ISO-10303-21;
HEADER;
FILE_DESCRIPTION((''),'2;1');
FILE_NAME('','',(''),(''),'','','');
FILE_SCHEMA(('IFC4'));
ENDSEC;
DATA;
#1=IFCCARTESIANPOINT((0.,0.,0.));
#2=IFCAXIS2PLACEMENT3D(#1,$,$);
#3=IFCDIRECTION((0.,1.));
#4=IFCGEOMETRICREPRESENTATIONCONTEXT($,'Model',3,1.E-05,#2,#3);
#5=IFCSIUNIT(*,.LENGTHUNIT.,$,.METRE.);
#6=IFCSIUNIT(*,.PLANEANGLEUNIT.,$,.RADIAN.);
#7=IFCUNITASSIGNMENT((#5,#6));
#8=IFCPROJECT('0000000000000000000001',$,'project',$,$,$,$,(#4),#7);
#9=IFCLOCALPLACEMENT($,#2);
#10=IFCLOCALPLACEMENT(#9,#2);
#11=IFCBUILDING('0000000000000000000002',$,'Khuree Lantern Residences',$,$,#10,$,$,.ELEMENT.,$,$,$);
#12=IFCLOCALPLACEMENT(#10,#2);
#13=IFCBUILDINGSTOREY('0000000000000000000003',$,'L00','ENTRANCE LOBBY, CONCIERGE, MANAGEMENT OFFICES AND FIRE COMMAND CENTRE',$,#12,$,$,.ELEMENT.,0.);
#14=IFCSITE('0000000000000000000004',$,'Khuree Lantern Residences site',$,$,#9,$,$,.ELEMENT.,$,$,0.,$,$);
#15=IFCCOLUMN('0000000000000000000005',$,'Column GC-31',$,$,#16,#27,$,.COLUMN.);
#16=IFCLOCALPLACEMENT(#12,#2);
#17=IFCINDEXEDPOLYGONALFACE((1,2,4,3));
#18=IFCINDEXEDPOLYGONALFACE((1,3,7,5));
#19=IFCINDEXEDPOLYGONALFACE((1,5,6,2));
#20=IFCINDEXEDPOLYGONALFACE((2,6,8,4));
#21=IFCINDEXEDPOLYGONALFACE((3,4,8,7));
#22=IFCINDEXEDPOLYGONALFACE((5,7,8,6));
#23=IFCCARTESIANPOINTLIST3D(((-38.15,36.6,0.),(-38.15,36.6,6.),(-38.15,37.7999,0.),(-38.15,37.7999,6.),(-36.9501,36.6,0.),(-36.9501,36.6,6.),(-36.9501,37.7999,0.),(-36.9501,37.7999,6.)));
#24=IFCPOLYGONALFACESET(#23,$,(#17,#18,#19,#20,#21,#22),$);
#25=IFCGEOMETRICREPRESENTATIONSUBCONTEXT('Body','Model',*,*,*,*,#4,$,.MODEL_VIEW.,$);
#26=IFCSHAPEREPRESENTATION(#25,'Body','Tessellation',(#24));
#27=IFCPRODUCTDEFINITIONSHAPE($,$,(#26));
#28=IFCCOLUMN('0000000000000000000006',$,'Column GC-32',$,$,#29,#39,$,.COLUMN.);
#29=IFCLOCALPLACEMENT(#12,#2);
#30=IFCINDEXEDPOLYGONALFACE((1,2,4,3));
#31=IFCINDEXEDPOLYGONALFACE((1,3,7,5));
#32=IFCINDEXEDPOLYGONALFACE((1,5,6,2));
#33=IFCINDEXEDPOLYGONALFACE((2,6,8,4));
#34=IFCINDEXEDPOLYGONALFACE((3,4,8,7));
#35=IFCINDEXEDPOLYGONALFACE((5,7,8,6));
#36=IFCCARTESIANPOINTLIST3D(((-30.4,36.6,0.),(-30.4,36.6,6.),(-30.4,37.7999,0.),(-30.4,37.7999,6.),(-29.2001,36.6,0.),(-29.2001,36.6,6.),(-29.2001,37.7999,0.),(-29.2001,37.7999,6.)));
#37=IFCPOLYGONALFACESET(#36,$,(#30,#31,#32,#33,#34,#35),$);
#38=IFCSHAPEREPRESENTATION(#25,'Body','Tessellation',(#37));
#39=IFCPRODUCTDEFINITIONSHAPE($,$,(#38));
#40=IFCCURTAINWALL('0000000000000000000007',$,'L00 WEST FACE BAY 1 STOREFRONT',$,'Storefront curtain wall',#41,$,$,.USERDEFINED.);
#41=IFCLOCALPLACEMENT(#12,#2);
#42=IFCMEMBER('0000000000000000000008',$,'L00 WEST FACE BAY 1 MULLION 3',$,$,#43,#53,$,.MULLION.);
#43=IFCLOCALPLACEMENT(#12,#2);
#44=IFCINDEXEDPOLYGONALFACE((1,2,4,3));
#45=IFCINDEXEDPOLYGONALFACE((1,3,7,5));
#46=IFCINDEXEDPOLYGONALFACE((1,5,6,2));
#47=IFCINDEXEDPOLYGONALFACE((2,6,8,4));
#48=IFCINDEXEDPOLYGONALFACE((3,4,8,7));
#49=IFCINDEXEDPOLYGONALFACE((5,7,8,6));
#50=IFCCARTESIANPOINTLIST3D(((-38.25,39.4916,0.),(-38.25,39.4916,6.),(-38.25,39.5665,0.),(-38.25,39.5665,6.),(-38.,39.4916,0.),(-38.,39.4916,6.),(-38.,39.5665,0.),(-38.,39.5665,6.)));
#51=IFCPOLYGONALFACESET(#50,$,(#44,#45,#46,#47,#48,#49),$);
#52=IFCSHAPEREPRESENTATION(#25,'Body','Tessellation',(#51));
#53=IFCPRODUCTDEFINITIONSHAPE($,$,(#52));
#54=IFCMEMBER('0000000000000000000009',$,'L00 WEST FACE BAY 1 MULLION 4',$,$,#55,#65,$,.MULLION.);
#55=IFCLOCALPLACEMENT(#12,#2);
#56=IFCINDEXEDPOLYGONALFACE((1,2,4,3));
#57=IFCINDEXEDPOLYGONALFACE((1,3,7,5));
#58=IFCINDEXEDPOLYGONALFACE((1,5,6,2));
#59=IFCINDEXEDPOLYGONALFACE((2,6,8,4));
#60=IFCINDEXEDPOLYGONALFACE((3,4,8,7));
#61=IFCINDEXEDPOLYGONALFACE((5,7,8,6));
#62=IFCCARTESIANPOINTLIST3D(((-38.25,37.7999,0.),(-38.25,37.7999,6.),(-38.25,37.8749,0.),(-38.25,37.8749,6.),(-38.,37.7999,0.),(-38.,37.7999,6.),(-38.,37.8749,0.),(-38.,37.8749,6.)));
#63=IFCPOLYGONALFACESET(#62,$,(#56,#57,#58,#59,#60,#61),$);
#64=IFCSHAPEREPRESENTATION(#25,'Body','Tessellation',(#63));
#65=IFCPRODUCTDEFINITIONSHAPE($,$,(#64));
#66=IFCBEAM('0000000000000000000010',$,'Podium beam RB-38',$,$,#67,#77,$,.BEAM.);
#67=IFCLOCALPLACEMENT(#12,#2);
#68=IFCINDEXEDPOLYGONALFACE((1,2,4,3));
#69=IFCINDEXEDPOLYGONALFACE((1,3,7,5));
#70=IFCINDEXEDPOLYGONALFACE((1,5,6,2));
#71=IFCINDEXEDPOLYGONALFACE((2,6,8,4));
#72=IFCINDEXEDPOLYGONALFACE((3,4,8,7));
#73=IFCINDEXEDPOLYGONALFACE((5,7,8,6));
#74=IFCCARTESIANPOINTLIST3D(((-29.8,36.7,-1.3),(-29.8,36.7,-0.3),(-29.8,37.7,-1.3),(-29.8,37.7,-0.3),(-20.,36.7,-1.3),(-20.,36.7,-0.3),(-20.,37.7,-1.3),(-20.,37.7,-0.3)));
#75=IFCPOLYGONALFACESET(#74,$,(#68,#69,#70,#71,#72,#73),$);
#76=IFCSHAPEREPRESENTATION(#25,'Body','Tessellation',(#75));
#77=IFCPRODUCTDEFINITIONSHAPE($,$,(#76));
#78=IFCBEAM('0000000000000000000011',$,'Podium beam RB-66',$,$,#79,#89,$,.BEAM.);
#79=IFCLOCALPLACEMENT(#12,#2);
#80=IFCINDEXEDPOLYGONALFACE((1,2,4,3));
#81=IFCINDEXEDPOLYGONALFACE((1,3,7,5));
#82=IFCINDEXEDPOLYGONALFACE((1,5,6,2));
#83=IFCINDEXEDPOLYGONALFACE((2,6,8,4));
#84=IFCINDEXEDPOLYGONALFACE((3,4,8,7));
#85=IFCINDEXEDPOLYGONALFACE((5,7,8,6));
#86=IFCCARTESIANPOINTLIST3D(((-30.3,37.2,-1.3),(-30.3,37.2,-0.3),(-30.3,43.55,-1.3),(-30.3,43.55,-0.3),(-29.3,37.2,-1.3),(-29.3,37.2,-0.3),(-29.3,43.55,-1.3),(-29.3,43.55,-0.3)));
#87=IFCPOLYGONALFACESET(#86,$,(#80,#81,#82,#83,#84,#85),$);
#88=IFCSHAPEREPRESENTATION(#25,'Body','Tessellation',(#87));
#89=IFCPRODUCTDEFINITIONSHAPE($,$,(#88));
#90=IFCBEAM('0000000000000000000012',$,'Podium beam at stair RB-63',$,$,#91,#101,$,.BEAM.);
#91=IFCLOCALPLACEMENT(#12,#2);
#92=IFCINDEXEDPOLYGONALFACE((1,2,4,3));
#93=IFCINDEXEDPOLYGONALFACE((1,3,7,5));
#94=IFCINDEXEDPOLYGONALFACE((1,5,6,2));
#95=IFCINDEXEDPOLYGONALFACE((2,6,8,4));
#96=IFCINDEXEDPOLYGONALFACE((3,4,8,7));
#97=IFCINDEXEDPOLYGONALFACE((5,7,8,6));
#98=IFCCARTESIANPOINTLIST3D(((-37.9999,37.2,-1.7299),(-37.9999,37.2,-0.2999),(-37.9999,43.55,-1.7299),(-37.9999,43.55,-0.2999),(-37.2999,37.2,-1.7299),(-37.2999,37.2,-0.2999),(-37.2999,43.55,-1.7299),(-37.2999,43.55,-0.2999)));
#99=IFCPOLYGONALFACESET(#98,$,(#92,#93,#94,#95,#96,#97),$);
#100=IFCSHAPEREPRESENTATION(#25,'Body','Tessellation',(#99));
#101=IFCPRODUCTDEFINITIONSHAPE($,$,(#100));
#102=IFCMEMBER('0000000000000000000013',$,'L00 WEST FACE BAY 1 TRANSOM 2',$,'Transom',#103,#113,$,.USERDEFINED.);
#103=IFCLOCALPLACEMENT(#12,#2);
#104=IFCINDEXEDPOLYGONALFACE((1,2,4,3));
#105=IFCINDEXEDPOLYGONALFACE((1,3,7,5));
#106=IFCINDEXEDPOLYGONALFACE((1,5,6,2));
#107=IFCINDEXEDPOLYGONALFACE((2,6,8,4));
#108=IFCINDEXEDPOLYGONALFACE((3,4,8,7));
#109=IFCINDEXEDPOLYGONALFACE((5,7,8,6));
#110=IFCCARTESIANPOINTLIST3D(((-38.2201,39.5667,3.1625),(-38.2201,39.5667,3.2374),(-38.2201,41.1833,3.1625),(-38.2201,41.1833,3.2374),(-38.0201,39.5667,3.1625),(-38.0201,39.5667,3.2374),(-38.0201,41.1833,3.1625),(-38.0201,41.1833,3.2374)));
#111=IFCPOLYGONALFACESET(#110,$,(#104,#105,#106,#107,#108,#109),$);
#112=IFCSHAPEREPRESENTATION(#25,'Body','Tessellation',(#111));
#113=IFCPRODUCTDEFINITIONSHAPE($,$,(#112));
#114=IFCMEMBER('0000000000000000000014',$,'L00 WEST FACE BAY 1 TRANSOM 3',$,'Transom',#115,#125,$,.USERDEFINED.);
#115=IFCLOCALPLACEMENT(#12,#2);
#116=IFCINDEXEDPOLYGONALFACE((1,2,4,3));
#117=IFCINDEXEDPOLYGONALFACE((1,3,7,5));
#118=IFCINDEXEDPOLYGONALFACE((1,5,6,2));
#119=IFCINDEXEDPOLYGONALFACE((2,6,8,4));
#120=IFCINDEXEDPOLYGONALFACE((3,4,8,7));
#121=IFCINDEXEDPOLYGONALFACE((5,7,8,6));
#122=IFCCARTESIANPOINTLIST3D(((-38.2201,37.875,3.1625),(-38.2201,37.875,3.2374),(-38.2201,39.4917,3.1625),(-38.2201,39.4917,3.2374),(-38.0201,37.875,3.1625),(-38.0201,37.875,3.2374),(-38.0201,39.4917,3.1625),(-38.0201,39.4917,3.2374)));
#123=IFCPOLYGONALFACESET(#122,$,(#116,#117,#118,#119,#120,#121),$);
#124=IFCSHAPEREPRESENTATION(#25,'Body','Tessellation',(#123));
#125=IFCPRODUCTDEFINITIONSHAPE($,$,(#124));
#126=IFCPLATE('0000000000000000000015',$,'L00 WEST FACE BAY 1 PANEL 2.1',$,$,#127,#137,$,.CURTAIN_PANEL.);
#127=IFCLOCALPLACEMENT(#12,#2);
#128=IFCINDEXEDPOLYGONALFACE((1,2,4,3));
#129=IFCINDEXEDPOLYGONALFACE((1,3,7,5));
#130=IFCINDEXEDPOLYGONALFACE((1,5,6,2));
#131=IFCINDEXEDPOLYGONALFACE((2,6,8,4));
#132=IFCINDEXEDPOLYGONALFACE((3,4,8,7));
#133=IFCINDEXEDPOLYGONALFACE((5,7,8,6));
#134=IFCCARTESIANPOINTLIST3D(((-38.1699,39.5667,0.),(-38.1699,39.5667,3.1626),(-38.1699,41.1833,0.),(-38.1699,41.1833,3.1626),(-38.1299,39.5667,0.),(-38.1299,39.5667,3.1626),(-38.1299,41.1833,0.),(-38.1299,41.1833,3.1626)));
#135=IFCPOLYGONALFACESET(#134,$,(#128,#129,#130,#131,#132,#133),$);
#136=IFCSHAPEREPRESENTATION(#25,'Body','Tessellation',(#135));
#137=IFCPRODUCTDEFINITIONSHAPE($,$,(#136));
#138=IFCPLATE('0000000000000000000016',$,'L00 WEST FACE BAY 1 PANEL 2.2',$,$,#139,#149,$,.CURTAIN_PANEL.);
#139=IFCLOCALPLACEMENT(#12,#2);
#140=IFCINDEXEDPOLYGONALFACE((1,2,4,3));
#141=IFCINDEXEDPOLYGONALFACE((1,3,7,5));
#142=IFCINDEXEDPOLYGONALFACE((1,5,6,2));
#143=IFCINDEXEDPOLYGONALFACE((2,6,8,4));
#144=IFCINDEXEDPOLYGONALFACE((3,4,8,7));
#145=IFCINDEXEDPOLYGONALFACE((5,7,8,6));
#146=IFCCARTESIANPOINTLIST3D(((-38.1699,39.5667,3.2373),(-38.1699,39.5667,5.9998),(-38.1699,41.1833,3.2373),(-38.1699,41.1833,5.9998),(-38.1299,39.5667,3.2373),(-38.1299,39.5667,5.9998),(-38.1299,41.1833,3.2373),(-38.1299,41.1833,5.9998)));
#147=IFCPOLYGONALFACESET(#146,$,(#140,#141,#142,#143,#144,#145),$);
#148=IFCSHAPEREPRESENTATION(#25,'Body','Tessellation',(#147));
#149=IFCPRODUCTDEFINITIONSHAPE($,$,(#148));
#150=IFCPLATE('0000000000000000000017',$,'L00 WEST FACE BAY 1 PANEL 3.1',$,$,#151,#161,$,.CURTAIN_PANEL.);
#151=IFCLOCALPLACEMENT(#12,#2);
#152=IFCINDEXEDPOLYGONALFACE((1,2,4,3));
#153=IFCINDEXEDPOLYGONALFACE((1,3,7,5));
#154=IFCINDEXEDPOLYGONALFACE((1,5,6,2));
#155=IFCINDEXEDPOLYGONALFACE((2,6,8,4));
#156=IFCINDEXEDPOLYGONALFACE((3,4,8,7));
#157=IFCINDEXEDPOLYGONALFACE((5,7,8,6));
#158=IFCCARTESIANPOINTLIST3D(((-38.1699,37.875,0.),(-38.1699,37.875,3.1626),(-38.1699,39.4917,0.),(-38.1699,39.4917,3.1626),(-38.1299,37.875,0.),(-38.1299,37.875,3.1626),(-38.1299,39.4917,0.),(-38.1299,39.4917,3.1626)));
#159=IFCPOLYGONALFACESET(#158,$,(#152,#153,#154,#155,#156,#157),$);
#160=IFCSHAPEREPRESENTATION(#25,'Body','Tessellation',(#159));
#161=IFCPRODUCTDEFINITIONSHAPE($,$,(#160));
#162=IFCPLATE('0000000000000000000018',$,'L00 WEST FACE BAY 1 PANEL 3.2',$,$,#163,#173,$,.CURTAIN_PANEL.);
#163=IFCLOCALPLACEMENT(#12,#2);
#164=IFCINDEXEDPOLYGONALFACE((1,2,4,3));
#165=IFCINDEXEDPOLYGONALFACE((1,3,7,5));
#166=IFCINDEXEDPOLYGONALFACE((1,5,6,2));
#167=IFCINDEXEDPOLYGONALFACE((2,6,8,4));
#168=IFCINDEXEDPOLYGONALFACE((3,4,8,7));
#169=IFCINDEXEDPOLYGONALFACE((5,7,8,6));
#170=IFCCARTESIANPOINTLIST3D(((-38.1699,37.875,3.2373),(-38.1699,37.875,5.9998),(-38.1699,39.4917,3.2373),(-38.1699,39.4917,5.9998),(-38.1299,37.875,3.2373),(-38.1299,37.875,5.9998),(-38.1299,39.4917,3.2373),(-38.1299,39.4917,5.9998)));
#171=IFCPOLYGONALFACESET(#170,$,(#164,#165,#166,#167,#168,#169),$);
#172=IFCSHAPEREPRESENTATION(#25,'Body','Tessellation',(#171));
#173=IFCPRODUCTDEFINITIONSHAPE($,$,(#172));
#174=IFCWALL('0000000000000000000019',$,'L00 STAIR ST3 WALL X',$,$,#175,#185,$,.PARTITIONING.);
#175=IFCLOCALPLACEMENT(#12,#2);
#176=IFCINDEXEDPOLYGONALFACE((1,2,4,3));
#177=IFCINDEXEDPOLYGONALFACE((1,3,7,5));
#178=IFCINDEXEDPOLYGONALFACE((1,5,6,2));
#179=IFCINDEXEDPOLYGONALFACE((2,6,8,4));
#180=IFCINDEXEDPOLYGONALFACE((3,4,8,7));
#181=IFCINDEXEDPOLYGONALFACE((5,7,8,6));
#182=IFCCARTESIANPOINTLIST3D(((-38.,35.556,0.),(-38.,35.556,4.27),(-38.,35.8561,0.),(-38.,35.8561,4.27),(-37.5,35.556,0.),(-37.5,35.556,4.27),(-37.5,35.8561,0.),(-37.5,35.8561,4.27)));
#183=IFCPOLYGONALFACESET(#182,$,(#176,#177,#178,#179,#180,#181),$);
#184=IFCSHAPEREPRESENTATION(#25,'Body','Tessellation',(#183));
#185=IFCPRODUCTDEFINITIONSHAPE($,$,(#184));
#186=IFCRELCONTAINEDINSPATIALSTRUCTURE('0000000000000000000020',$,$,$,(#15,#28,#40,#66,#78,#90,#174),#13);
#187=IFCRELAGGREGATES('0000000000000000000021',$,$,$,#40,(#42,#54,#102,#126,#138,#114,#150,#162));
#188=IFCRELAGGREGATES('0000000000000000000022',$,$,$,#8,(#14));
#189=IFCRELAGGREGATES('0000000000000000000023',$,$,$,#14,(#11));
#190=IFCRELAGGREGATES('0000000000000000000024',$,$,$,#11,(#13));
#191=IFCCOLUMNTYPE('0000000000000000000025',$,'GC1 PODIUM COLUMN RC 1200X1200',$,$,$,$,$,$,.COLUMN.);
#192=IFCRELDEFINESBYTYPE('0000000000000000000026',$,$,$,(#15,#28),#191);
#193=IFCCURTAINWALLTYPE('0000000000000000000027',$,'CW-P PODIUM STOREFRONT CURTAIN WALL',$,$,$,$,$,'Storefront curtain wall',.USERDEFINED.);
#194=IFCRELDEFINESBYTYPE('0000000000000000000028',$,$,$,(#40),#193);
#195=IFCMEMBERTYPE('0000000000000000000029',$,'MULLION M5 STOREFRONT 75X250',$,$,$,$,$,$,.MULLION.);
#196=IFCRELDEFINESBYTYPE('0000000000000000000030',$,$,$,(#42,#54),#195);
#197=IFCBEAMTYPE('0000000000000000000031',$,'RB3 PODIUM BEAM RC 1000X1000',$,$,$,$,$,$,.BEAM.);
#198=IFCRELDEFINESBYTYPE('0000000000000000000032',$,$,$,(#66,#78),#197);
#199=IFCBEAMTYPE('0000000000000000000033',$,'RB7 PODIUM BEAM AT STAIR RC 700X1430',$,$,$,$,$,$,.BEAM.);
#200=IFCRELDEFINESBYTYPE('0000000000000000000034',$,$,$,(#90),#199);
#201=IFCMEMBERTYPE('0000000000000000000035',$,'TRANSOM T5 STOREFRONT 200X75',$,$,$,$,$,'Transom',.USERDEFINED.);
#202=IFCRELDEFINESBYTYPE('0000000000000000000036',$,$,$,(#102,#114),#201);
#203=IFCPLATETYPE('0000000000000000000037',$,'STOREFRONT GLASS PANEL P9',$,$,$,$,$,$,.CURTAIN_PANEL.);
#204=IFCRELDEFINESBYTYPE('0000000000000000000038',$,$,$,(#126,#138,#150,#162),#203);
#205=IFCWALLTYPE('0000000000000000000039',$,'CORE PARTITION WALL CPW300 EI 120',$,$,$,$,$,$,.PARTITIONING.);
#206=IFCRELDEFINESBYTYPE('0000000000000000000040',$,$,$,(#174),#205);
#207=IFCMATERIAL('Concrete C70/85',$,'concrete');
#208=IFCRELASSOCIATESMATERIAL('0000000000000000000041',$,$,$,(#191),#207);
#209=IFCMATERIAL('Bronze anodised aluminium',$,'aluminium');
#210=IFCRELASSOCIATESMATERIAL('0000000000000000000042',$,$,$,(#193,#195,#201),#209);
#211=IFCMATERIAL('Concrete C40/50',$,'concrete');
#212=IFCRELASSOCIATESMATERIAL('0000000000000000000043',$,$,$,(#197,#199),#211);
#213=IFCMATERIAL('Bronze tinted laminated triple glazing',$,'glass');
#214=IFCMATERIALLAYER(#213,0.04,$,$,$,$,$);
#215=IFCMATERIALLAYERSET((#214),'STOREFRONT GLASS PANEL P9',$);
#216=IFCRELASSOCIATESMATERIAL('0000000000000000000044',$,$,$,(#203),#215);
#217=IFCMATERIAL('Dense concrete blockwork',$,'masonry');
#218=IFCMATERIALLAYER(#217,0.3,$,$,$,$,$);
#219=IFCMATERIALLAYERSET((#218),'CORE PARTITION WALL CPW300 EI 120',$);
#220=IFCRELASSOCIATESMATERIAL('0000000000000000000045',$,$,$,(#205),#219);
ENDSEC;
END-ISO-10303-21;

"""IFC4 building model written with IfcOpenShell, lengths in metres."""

from ifc_helpers import new_model, si_unit, direction, frame, frame_2d, origin, origin_2d, place, context, subcontext, project, spatial, rectangle, extrude, material, layer, layer_set, material_profile, profile_set, type_object, element, aggregate, save


model = new_model("IFC4")

# Units and contexts
model_context = context("Model", 3, precision=1e-05, world=origin(), true_north=direction((0.0, 1.0)))
body_context = subcontext(model_context, "Body", "Model", "MODEL_VIEW")
ifc_project = project(units=[si_unit("LENGTHUNIT", "METRE"), si_unit("PLANEANGLEUNIT", "RADIAN")], contexts=[model_context])

# Site, building, storey
site_placement = place(None, origin())
site = spatial("IfcSite", under=ifc_project, at=site_placement, Name="Khuree Lantern Residences site", CompositionType="ELEMENT", RefElevation=0.0)
building_placement = place(site_placement, origin())
building = spatial("IfcBuilding", under=site, at=building_placement, Name="Khuree Lantern Residences", CompositionType="ELEMENT")
storey_placement = place(building_placement, origin())
storey = spatial("IfcBuildingStorey", under=building, at=storey_placement, Name="L00", Description="ENTRANCE LOBBY, CONCIERGE, MANAGEMENT OFFICES AND FIRE COMMAND CENTRE", CompositionType="ELEMENT", Elevation=0.0)

# Columns
ifc_material_1 = material(Name="Concrete C70/85", Category="concrete")
ifc_material_profile_1 = material_profile(ifc_material_1, rectangle(XDim=1.2, YDim=1.2, at=origin_2d()), Name="RC 1200X1200")
ifc_profile_set_1 = profile_set([ifc_material_profile_1], Name="Concrete C70/85")
column_type = type_object("IfcColumnType", Name="GC1 PODIUM COLUMN RC 1200X1200", PredefinedType="COLUMN", material=ifc_profile_set_1)
for number, where, z_axis, x_axis, name in (
    (1, (-37.55, 37.2, 0.0), (0.0, 0.0, 1.0), (1.0, 0.0, 0.0), "Column GC-31"),
    (2, (-29.8, 37.2, 0.0), (0.0, 0.0, 1.0), (1.0, 0.0, 0.0), "Column GC-32"),
):
    element("IfcColumn", number, at=place(storey_placement, frame(where, z_axis=z_axis, x_axis=x_axis)), inside=storey, type_object=column_type, Name=name, PredefinedType="COLUMN", context=body_context, shape_type="SweptSolid", body=[
        extrude(rectangle(XDim=1.2, YDim=1.2, at=origin_2d()), origin(), (0.0, 0.0, 1.0), 6.0),
    ])

# Curtain wall, members
ifc_material_2 = material(Name="Bronze anodised aluminium", Category="aluminium")
curtain_wall_type = type_object("IfcCurtainWallType", Name="CW-P PODIUM STOREFRONT CURTAIN WALL", ElementType="Storefront curtain wall", PredefinedType="USERDEFINED", material=ifc_material_2)
curtain_wall_placement = place(storey_placement, origin())
curtain_wall = element("IfcCurtainWall", 3, at=curtain_wall_placement, inside=storey, type_object=curtain_wall_type, Name="L00 WEST FACE BAY 1 STOREFRONT", ObjectType="Storefront curtain wall", PredefinedType="USERDEFINED")
ifc_material_profile_2 = material_profile(ifc_material_2, rectangle(XDim=0.075, YDim=0.25, at=origin_2d()), Name="M5 75X250")
ifc_profile_set_2 = profile_set([ifc_material_profile_2], Name="Bronze anodised aluminium")
member_type_1 = type_object("IfcMemberType", Name="MULLION M5 STOREFRONT 75X250", PredefinedType="MULLION", material=ifc_profile_set_2)
member_1_placement = place(storey_placement, frame((-38.125, 39.5291, 0.0), z_axis=(0.0, 0.0, 1.0), x_axis=(0.0, -1.0, 0.0)))
member_1 = element("IfcMember", 4, at=member_1_placement, type_object=member_type_1, Name="L00 WEST FACE BAY 1 MULLION 3", PredefinedType="MULLION", context=body_context, shape_type="SweptSolid", body=[
    extrude(rectangle(XDim=0.075, YDim=0.25, at=origin_2d()), origin(), (0.0, 0.0, 1.0), 6.0),
])
member_2_placement = place(storey_placement, frame((-38.125, 37.8374, 0.0), z_axis=(0.0, 0.0, 1.0), x_axis=(0.0, -1.0, 0.0)))
member_2 = element("IfcMember", 5, at=member_2_placement, type_object=member_type_1, Name="L00 WEST FACE BAY 1 MULLION 4", PredefinedType="MULLION", context=body_context, shape_type="SweptSolid", body=[
    extrude(rectangle(XDim=0.075, YDim=0.25, at=origin_2d()), origin(), (0.0, 0.0, 1.0), 6.0),
])

# Beams
ifc_material_3 = material(Name="Concrete C40/50", Category="concrete")
ifc_material_profile_3 = material_profile(ifc_material_3, rectangle(XDim=1.0, YDim=1.0, at=origin_2d()), Name="RC 1000X1000")
ifc_profile_set_3 = profile_set([ifc_material_profile_3], Name="Concrete C40/50")
beam_type_1 = type_object("IfcBeamType", Name="RB3 PODIUM BEAM RC 1000X1000", PredefinedType="BEAM", material=ifc_profile_set_3)
beam_1_placement = place(storey_placement, frame((-29.8, 37.2, -0.8), z_axis=(1.0, 0.0, 0.0), x_axis=(0.0, 1.0, 0.0)))
element("IfcBeam", 6, at=beam_1_placement, inside=storey, type_object=beam_type_1, Name="Podium beam RB-38", PredefinedType="BEAM", context=body_context, shape_type="SweptSolid", body=[
    extrude(rectangle(XDim=1.0, YDim=1.0, at=origin_2d()), origin(), (0.0, 0.0, 1.0), 9.8),
])
beam_2_placement = place(storey_placement, frame((-29.8, 37.2, -0.8), z_axis=(0.0, 1.0, 0.0), x_axis=(-1.0, 0.0, 0.0)))
element("IfcBeam", 7, at=beam_2_placement, inside=storey, type_object=beam_type_1, Name="Podium beam RB-66", PredefinedType="BEAM", context=body_context, shape_type="SweptSolid", body=[
    extrude(rectangle(XDim=1.0, YDim=1.0, at=origin_2d()), origin(), (0.0, 0.0, 1.0), 6.3501),
])
ifc_material_profile_4 = material_profile(ifc_material_3, rectangle(XDim=0.7, YDim=1.4299, at=origin_2d()), Name="RC 700X1430")
ifc_profile_set_4 = profile_set([ifc_material_profile_4], Name="Concrete C40/50")
beam_type_2 = type_object("IfcBeamType", Name="RB7 PODIUM BEAM AT STAIR RC 700X1430", PredefinedType="BEAM", material=ifc_profile_set_4)
beam_3_placement = place(storey_placement, frame((-37.6499, 37.2, -1.0149), z_axis=(0.0, 1.0, 0.0), x_axis=(-1.0, 0.0, 0.0)))
element("IfcBeam", 8, at=beam_3_placement, inside=storey, type_object=beam_type_2, Name="Podium beam at stair RB-63", PredefinedType="BEAM", context=body_context, shape_type="SweptSolid", body=[
    extrude(rectangle(XDim=0.7, YDim=1.4299, at=origin_2d()), origin(), (0.0, 0.0, 1.0), 6.3501),
])

# Members
ifc_material_profile_5 = material_profile(ifc_material_2, rectangle(XDim=0.2, YDim=0.075, at=origin_2d()), Name="T5 200X75")
ifc_profile_set_5 = profile_set([ifc_material_profile_5], Name="Bronze anodised aluminium")
member_type_2 = type_object("IfcMemberType", Name="TRANSOM T5 STOREFRONT 200X75", ElementType="Transom", PredefinedType="USERDEFINED", material=ifc_profile_set_5)
member_3_placement = place(storey_placement, frame((-38.1201, 41.1833, 3.2), z_axis=(0.0, -1.0, 0.0), x_axis=(1.0, 0.0, 0.0)))
member_3 = element("IfcMember", 9, at=member_3_placement, type_object=member_type_2, Name="L00 WEST FACE BAY 1 TRANSOM 2", ObjectType="Transom", PredefinedType="USERDEFINED", context=body_context, shape_type="SweptSolid", body=[
    extrude(rectangle(XDim=0.2, YDim=0.075, at=origin_2d()), origin(), (0.0, 0.0, 1.0), 1.6167),
])
member_4_placement = place(storey_placement, frame((-38.1201, 39.4917, 3.2), z_axis=(0.0, -1.0, 0.0), x_axis=(1.0, 0.0, 0.0)))
member_4 = element("IfcMember", 10, at=member_4_placement, type_object=member_type_2, Name="L00 WEST FACE BAY 1 TRANSOM 3", ObjectType="Transom", PredefinedType="USERDEFINED", context=body_context, shape_type="SweptSolid", body=[
    extrude(rectangle(XDim=0.2, YDim=0.075, at=origin_2d()), origin(), (0.0, 0.0, 1.0), 1.6167),
])

# Plates
ifc_material_4 = material(Name="Bronze tinted laminated triple glazing", Category="glass")
ifc_layer_1 = layer(ifc_material_4, 0.04)
ifc_layer_set_1 = layer_set([ifc_layer_1], Name="STOREFRONT GLASS PANEL P9")
plate_type = type_object("IfcPlateType", Name="STOREFRONT GLASS PANEL P9", PredefinedType="CURTAIN_PANEL", material=ifc_layer_set_1)
plate_1_placement = place(storey_placement, frame((-38.1499, 40.375, 0.0), z_axis=(0.0, 0.0, 1.0), x_axis=(0.0, -1.0, 0.0)))
plate_1 = element("IfcPlate", 11, at=plate_1_placement, type_object=plate_type, Name="L00 WEST FACE BAY 1 PANEL 2.1", PredefinedType="CURTAIN_PANEL", context=body_context, shape_type="SweptSolid", body=[
    extrude(rectangle(XDim=1.6167, YDim=0.04, at=origin_2d()), origin(), (0.0, 0.0, 1.0), 3.1626),
])
plate_2_placement = place(storey_placement, frame((-38.1499, 40.375, 3.2373), z_axis=(0.0, 0.0, 1.0), x_axis=(0.0, -1.0, 0.0)))
plate_2 = element("IfcPlate", 12, at=plate_2_placement, type_object=plate_type, Name="L00 WEST FACE BAY 1 PANEL 2.2", PredefinedType="CURTAIN_PANEL", context=body_context, shape_type="SweptSolid", body=[
    extrude(rectangle(XDim=1.6167, YDim=0.04, at=origin_2d()), origin(), (0.0, 0.0, 1.0), 2.7625),
])
plate_3_placement = place(storey_placement, frame((-38.1499, 38.6833, 0.0), z_axis=(0.0, 0.0, 1.0), x_axis=(0.0, -1.0, 0.0)))
plate_3 = element("IfcPlate", 13, at=plate_3_placement, type_object=plate_type, Name="L00 WEST FACE BAY 1 PANEL 3.1", PredefinedType="CURTAIN_PANEL", context=body_context, shape_type="SweptSolid", body=[
    extrude(rectangle(XDim=1.6167, YDim=0.04, at=origin_2d()), origin(), (0.0, 0.0, 1.0), 3.1626),
])
plate_4_placement = place(storey_placement, frame((-38.1499, 38.6833, 3.2373), z_axis=(0.0, 0.0, 1.0), x_axis=(0.0, -1.0, 0.0)))
plate_4 = element("IfcPlate", 14, at=plate_4_placement, type_object=plate_type, Name="L00 WEST FACE BAY 1 PANEL 3.2", PredefinedType="CURTAIN_PANEL", context=body_context, shape_type="SweptSolid", body=[
    extrude(rectangle(XDim=1.6167, YDim=0.04, at=origin_2d()), origin(), (0.0, 0.0, 1.0), 2.7625),
])
aggregate(curtain_wall, [member_1, member_2, member_3, plate_1, plate_2, member_4, plate_3, plate_4])

# Wall
ifc_material_5 = material(Name="Dense concrete blockwork", Category="masonry")
ifc_layer_2 = layer(ifc_material_5, 0.3)
ifc_layer_set_2 = layer_set([ifc_layer_2], Name="CORE PARTITION WALL CPW300 EI 120")
wall_type_1 = type_object("IfcWallType", Name="CORE PARTITION WALL CPW300 EI 120", PredefinedType="PARTITIONING", material=ifc_layer_set_2)
wall_1_placement = place(storey_placement, frame((-38.0, 35.7061, 0.0), z_axis=(0.0, 0.0, 1.0), x_axis=(1.0, 0.0, 0.0)))
element("IfcWall", 15, at=wall_1_placement, inside=storey, type_object=wall_type_1, Name="L00 STAIR ST3 WALL X", PredefinedType="PARTITIONING", context=body_context, shape_type="SweptSolid", body=[
    extrude(rectangle(XDim=0.5, YDim=0.3, at=frame_2d((0.25, 0.0))), origin(), (0.0, 0.0, 1.0), 4.27),
])

save(model, "model.ifc")
